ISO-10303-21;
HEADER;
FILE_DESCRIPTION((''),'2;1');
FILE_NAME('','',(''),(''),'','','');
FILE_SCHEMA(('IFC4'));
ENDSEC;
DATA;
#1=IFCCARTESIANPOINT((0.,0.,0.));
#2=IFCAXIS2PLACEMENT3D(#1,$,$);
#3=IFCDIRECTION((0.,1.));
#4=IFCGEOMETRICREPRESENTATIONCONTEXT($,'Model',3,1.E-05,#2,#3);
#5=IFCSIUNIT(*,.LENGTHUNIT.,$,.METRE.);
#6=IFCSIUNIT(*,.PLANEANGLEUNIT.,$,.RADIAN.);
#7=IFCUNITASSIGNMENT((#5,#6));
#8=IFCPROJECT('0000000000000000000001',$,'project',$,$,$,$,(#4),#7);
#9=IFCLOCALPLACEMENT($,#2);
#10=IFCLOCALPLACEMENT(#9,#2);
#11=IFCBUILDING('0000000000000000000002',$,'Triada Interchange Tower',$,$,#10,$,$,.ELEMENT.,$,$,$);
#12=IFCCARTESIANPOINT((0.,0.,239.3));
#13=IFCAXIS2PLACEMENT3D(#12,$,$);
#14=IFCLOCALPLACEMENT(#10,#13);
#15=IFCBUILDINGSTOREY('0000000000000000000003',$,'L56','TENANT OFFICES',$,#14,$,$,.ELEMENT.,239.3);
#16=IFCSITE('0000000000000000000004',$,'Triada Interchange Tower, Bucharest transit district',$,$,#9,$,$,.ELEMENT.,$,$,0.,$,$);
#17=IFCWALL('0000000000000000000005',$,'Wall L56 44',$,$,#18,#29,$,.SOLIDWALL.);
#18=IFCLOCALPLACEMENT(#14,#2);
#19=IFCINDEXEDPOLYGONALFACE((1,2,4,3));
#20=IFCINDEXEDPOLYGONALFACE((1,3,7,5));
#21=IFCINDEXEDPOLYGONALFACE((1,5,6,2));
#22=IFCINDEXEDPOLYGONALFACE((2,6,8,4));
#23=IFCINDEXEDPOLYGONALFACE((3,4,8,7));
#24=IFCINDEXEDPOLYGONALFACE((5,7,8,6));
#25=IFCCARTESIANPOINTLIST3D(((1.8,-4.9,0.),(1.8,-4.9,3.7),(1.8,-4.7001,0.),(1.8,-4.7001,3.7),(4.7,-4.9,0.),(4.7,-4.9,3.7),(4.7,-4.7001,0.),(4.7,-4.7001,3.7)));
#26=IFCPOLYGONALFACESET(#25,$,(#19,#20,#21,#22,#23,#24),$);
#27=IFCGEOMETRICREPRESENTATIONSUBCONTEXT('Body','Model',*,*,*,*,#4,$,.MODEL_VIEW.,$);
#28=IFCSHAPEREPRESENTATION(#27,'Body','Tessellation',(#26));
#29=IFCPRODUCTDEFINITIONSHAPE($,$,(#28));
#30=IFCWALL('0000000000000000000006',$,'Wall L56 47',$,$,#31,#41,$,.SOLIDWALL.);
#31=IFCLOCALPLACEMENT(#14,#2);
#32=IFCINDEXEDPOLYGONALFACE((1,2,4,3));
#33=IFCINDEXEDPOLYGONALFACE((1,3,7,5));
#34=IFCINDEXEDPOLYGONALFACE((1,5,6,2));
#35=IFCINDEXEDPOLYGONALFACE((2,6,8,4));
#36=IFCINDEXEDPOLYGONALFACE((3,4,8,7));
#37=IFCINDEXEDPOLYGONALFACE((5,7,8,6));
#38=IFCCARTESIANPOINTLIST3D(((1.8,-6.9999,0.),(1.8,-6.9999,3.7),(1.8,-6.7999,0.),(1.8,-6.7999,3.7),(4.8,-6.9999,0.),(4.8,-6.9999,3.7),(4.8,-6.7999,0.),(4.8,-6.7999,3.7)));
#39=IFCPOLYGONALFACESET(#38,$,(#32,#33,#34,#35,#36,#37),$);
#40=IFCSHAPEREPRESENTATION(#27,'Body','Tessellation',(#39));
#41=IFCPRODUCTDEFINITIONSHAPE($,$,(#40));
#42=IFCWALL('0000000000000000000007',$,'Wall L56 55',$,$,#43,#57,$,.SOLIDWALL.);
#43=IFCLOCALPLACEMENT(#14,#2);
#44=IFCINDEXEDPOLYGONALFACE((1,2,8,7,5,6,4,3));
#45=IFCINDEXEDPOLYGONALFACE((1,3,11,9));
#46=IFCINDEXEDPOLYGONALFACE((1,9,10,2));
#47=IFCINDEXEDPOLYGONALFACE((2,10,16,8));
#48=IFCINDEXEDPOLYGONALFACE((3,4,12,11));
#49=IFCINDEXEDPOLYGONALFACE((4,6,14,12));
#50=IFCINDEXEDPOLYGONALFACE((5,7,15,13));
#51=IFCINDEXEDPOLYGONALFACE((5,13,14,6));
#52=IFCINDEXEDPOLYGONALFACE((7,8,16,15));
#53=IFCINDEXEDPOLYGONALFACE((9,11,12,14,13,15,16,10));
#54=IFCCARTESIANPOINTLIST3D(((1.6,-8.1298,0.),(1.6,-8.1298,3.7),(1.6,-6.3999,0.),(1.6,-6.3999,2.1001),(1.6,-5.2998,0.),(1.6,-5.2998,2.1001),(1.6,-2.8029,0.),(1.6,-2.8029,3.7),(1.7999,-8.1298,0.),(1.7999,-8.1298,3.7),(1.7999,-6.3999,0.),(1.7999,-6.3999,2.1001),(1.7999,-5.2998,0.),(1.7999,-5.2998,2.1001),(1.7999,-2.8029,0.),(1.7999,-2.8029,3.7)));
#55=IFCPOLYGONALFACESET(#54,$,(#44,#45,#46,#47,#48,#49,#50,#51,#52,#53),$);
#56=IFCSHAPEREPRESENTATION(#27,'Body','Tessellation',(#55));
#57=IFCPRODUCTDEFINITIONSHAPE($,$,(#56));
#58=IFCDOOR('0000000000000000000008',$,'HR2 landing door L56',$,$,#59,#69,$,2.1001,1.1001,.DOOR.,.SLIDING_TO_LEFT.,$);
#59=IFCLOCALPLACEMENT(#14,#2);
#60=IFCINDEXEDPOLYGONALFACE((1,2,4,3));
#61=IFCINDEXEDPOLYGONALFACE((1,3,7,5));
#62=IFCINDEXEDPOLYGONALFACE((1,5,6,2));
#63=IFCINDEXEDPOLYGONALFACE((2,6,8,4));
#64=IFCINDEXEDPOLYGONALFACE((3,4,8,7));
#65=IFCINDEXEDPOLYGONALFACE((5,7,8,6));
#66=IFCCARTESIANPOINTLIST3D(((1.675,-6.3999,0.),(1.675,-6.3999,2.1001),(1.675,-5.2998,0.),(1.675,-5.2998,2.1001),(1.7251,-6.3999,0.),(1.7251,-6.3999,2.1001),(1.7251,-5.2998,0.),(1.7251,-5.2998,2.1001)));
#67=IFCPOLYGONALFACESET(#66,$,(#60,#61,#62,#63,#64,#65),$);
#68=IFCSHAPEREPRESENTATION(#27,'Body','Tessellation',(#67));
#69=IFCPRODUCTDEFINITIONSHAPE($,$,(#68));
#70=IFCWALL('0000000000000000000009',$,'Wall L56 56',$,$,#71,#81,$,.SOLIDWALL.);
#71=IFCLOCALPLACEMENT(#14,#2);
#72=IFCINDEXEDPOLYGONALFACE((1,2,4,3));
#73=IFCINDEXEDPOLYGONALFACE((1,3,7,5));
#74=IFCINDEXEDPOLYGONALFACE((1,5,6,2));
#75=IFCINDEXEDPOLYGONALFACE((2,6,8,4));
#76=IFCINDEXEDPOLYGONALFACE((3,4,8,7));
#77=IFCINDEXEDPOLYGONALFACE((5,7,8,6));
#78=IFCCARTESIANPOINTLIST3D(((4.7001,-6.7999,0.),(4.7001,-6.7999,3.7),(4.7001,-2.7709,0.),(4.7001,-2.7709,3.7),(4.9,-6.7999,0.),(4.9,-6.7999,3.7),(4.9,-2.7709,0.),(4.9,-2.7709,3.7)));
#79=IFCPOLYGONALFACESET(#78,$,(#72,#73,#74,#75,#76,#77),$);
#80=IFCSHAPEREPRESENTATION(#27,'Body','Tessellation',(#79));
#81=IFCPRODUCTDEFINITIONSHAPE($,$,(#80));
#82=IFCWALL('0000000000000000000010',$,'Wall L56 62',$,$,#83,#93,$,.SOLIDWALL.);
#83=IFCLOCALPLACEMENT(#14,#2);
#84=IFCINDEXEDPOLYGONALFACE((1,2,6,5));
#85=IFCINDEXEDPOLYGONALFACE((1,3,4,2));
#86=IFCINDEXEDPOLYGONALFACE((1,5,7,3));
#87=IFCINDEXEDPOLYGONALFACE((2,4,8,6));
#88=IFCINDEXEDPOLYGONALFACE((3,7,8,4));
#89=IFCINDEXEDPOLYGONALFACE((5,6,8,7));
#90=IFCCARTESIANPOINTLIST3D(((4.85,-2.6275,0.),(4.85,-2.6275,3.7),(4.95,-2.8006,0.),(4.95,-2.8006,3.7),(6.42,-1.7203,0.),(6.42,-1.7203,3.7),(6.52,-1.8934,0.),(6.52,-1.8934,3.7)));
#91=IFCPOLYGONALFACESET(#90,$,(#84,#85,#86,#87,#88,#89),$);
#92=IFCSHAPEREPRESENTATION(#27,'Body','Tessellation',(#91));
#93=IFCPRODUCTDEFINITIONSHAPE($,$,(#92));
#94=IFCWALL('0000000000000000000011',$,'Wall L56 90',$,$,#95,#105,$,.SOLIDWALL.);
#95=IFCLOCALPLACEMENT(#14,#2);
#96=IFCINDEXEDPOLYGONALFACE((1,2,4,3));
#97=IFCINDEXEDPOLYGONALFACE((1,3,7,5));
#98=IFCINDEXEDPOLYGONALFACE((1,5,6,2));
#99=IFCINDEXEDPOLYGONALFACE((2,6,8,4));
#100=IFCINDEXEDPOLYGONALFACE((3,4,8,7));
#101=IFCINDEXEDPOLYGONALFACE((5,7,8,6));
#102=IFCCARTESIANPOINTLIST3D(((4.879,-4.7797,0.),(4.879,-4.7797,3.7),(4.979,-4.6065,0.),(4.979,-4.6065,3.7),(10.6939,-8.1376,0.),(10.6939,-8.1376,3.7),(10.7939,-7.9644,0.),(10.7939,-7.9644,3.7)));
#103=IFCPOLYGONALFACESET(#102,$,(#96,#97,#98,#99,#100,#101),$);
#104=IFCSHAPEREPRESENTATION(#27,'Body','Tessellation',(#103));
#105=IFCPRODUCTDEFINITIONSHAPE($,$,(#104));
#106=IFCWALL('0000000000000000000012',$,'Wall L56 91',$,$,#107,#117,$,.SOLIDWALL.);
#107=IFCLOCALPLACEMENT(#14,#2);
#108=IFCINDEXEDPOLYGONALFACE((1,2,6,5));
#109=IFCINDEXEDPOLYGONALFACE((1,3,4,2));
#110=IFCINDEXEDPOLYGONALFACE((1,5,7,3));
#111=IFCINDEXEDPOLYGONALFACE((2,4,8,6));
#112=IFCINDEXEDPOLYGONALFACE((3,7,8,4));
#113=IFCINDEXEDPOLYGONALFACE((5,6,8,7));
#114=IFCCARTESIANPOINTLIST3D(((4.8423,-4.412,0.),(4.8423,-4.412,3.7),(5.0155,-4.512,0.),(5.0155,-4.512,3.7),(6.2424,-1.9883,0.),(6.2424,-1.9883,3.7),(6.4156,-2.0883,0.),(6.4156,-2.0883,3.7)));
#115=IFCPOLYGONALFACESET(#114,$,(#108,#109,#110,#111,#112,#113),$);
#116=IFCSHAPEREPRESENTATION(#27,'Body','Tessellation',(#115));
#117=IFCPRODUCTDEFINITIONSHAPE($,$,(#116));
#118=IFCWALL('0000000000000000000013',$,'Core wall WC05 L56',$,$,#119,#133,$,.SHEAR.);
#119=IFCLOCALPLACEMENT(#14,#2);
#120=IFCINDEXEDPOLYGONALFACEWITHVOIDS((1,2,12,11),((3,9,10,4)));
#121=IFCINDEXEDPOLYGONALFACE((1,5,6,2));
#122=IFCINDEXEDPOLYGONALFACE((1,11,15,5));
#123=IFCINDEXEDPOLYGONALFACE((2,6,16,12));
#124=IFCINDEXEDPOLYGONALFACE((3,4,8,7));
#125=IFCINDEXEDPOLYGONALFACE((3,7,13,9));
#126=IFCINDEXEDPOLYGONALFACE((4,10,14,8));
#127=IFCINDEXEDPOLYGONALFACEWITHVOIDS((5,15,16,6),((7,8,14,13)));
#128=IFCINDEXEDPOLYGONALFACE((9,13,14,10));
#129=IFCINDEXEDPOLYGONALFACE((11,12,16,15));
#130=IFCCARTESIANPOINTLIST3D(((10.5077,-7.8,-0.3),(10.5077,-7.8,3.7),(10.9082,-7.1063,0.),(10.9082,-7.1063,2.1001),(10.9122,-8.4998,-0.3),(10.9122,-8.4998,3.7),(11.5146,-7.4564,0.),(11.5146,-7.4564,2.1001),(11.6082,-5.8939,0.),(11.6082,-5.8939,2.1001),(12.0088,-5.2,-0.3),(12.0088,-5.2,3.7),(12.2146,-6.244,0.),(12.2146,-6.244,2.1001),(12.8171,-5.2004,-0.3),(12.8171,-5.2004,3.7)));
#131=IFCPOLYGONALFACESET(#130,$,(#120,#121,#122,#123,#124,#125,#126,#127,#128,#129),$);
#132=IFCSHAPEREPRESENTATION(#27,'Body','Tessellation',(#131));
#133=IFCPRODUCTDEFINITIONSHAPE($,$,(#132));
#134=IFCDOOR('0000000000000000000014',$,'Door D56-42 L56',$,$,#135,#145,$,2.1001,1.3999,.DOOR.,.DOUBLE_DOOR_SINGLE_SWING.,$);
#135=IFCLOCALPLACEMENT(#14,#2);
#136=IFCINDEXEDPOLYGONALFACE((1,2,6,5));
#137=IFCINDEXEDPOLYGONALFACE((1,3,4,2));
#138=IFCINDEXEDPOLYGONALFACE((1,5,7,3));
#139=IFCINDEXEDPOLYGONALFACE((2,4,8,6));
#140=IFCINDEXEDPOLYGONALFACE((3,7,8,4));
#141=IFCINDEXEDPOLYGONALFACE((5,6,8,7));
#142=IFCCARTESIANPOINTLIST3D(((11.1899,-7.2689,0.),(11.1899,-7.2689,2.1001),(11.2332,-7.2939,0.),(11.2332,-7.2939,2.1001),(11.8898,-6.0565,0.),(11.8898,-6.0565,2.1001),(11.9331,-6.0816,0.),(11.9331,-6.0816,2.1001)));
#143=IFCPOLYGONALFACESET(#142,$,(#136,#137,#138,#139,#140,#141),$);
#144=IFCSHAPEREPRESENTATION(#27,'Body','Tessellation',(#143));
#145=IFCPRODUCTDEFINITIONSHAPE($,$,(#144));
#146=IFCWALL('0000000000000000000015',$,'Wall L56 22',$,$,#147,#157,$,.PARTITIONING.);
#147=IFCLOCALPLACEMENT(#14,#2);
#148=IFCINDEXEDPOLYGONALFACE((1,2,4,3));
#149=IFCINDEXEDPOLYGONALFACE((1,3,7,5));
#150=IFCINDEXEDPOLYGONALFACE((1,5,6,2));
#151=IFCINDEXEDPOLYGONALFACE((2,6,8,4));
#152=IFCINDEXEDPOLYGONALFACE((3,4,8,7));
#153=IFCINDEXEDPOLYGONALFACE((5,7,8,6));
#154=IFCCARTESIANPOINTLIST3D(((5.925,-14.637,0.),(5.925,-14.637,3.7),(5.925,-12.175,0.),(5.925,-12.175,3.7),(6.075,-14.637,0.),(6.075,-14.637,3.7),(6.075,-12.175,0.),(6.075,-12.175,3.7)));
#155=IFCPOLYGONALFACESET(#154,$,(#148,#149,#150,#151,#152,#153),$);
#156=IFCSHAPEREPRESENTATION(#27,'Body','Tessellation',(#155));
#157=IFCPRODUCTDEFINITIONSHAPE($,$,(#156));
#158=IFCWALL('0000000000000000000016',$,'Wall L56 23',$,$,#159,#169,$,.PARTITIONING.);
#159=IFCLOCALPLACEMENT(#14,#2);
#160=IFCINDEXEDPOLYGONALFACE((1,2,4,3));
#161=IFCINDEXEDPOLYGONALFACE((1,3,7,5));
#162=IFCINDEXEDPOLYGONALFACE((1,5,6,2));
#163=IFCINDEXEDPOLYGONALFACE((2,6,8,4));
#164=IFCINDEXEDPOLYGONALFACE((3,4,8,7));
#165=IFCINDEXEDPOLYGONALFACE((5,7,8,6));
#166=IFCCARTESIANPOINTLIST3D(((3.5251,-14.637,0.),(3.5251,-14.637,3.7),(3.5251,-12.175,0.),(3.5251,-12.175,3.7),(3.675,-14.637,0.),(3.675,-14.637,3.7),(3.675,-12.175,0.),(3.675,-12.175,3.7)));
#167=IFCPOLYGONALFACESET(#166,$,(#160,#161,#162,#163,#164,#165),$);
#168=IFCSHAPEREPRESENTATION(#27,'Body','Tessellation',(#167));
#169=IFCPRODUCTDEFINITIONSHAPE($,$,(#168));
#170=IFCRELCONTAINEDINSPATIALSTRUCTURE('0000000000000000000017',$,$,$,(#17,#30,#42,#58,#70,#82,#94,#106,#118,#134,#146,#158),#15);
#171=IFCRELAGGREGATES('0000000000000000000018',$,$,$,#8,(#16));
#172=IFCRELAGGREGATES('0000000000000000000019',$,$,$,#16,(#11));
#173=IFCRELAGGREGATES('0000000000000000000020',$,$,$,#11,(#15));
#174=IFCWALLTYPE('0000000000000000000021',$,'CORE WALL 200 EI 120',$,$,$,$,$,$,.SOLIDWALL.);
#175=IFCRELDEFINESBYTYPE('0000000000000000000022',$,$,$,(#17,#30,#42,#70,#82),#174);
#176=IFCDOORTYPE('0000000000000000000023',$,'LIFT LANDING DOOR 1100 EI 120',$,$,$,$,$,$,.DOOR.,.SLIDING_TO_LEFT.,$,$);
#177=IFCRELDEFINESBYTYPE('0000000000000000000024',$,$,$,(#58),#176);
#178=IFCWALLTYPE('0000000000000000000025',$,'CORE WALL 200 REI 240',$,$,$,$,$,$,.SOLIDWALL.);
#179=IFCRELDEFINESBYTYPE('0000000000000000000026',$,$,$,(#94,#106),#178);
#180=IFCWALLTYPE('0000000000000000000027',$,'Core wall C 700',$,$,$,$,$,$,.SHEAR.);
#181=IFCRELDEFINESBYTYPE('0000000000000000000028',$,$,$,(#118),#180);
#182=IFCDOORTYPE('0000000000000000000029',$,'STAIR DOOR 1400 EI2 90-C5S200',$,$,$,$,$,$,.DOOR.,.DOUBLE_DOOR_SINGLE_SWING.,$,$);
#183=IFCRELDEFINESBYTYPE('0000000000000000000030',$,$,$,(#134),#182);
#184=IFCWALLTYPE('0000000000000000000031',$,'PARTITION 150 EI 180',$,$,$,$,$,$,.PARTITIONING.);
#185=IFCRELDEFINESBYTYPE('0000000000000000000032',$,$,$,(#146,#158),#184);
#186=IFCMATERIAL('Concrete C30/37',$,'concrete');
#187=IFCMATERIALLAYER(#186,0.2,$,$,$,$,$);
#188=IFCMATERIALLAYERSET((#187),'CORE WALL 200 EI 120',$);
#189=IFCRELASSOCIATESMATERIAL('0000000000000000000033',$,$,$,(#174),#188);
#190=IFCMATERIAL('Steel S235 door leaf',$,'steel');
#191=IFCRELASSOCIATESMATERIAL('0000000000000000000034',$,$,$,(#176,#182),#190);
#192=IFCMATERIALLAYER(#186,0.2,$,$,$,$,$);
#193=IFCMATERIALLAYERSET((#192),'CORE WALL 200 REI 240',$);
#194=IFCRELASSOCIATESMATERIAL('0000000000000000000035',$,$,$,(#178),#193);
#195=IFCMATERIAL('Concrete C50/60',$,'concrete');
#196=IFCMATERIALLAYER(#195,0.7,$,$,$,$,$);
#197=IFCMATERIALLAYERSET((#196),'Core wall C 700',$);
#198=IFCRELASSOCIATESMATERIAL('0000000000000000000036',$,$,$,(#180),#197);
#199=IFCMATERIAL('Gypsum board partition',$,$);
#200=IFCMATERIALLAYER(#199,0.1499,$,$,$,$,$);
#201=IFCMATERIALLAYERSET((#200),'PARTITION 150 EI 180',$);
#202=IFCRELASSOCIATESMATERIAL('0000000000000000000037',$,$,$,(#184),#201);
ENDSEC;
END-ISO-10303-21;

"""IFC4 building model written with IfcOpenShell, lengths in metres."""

from ifc_helpers import new_model, si_unit, direction, frame, frame_2d, origin, place, context, subcontext, project, spatial, polyline, rectangle, outline, extrude, material, layer, layer_set, type_object, element, fill, save


model = new_model("IFC4")

# Units and contexts
model_context = context("Model", 3, precision=1e-05, world=origin(), true_north=direction((0.0, 1.0)))
body_context = subcontext(model_context, "Body", "Model", "MODEL_VIEW")
ifc_project = project(units=[si_unit("LENGTHUNIT", "METRE"), si_unit("PLANEANGLEUNIT", "RADIAN")], contexts=[model_context])

# Site, building, storey
site_placement = place(None, origin())
site = spatial("IfcSite", under=ifc_project, at=site_placement, Name="Triada Interchange Tower, Bucharest transit district", CompositionType="ELEMENT", RefElevation=0.0)
building_placement = place(site_placement, origin())
building = spatial("IfcBuilding", under=site, at=building_placement, Name="Triada Interchange Tower", CompositionType="ELEMENT")
storey_placement = place(building_placement, frame((0.0, 0.0, 239.3)))
storey = spatial("IfcBuildingStorey", under=building, at=storey_placement, Name="L56", Description="TENANT OFFICES", CompositionType="ELEMENT", Elevation=239.3)

# Walls
ifc_material_1 = material(Name="Concrete C30/37", Category="concrete")
ifc_layer_1 = layer(ifc_material_1, 0.2)
ifc_layer_set_1 = layer_set([ifc_layer_1], Name="CORE WALL 200 EI 120")
wall_type_1 = type_object("IfcWallType", Name="CORE WALL 200 EI 120", PredefinedType="SOLIDWALL", material=ifc_layer_set_1)
wall_1_placement = place(storey_placement, frame((1.8, -4.8, 0.0), z_axis=(0.0, 0.0, 1.0), x_axis=(1.0, 0.0, 0.0)))
element("IfcWall", 1, at=wall_1_placement, inside=storey, type_object=wall_type_1, Name="Wall L56 44", PredefinedType="SOLIDWALL", context=body_context, shape_type="SweptSolid", body=[
    extrude(rectangle(XDim=2.8999, YDim=0.2, at=frame_2d((1.45, 0.0))), origin(), (0.0, 0.0, 1.0), 3.7),
])
wall_2_placement = place(storey_placement, frame((1.8, -6.8999, 0.0), z_axis=(0.0, 0.0, 1.0), x_axis=(1.0, 0.0, 0.0)))
element("IfcWall", 2, at=wall_2_placement, inside=storey, type_object=wall_type_1, Name="Wall L56 47", PredefinedType="SOLIDWALL", context=body_context, shape_type="SweptSolid", body=[
    extrude(rectangle(XDim=3.0, YDim=0.2, at=frame_2d((1.5, 0.0))), origin(), (0.0, 0.0, 1.0), 3.7),
])

# Wall, opening, door
wall_3_placement = place(storey_placement, frame((1.7, -8.1299, 0.0), z_axis=(0.0, 0.0, 1.0), x_axis=(0.0, 1.0, 0.0)))
wall_3 = element("IfcWall", 3, at=wall_3_placement, inside=storey, type_object=wall_type_1, Name="Wall L56 55", PredefinedType="SOLIDWALL", context=body_context, shape_type="SweptSolid", body=[
    extrude(rectangle(XDim=5.3269, YDim=0.2, at=frame_2d((2.6636, 0.0))), origin(), (0.0, 0.0, 1.0), 3.7),
])
opening_1_placement = place(wall_3_placement, frame((1.73, 0.0, 0.0)))
opening_1 = element("IfcOpeningElement", 4, at=opening_1_placement, cuts=wall_3, PredefinedType="OPENING", context=body_context, shape_type="SweptSolid", body=[
    extrude(rectangle(XDim=1.1001, YDim=2.1001, at=frame_2d((0.55, 1.05))), frame((0.0, 0.1099, 0.0), z_axis=(0.0, -1.0, 0.0), x_axis=(1.0, 0.0, 0.0)), (0.0, 0.0, 1.0), 0.22),
])
ifc_material_2 = material(Name="Steel S235 door leaf", Category="steel")
door_type_1 = type_object("IfcDoorType", Name="LIFT LANDING DOOR 1100 EI 120", OperationType="SLIDING_TO_LEFT", PredefinedType="DOOR", material=ifc_material_2)
door_1_placement = place(opening_1_placement, origin())
door_1 = element("IfcDoor", 5, at=door_1_placement, inside=storey, type_object=door_type_1, Name="HR2 landing door L56", OperationType="SLIDING_TO_LEFT", OverallHeight=2.1001, OverallWidth=1.1001, PredefinedType="DOOR", context=body_context, shape_type="SweptSolid", body=[
    extrude(rectangle(XDim=1.1001, YDim=2.1001, at=frame_2d((0.55, 1.05))), frame((0.0, 0.0249, 0.0), z_axis=(0.0, -1.0, 0.0), x_axis=(1.0, 0.0, 0.0)), (0.0, 0.0, 1.0), 0.05),
])
fill(opening_1, door_1)

# Walls
wall_4_placement = place(storey_placement, frame((4.8, -6.8, 0.0), z_axis=(0.0, 0.0, 1.0), x_axis=(0.0, 1.0, 0.0)))
element("IfcWall", 6, at=wall_4_placement, inside=storey, type_object=wall_type_1, Name="Wall L56 56", PredefinedType="SOLIDWALL", context=body_context, shape_type="SweptSolid", body=[
    extrude(rectangle(XDim=4.0291, YDim=0.2, at=frame_2d((2.0146, 0.0))), origin(), (0.0, 0.0, 1.0), 3.7),
])
wall_5_placement = place(storey_placement, frame((4.8999, -2.7141, 0.0), z_axis=(0.0, 0.0, 1.0), x_axis=(0.865847, 0.500309, 0.0)))
element("IfcWall", 7, at=wall_5_placement, inside=storey, type_object=wall_type_1, Name="Wall L56 62", PredefinedType="SOLIDWALL", context=body_context, shape_type="SweptSolid", body=[
    extrude(rectangle(XDim=1.8132, YDim=0.2, at=frame_2d((0.9067, 0.0))), origin(), (0.0, 0.0, 1.0), 3.7),
])
ifc_layer_2 = layer(ifc_material_1, 0.2)
ifc_layer_set_2 = layer_set([ifc_layer_2], Name="CORE WALL 200 REI 240")
wall_type_2 = type_object("IfcWallType", Name="CORE WALL 200 REI 240", PredefinedType="SOLIDWALL", material=ifc_layer_set_2)
wall_6_placement = place(storey_placement, frame((4.929, -4.6931, 0.0), z_axis=(0.0, 0.0, 1.0), x_axis=(0.865983, -0.500073, 0.0)))
element("IfcWall", 8, at=wall_6_placement, inside=storey, type_object=wall_type_2, Name="Wall L56 90", PredefinedType="SOLIDWALL", context=body_context, shape_type="SweptSolid", body=[
    extrude(rectangle(XDim=6.7148, YDim=0.2, at=frame_2d((3.3574, 0.0))), origin(), (0.0, 0.0, 1.0), 3.7),
])
wall_7_placement = place(storey_placement, frame((4.929, -4.4619, 0.0), z_axis=(0.0, 0.0, 1.0), x_axis=(0.500201, 0.86591, 0.0)))
element("IfcWall", 9, at=wall_7_placement, inside=storey, type_object=wall_type_2, Name="Wall L56 91", PredefinedType="SOLIDWALL", context=body_context, shape_type="SweptSolid", body=[
    extrude(rectangle(XDim=2.7991, YDim=0.2, at=frame_2d((1.3994, 0.0))), origin(), (0.0, 0.0, 1.0), 3.7),
])

# Wall, opening, door
ifc_material_3 = material(Name="Concrete C50/60", Category="concrete")
ifc_layer_3 = layer(ifc_material_3, 0.7)
ifc_layer_set_3 = layer_set([ifc_layer_3], Name="Core wall C 700")
wall_type_3 = type_object("IfcWallType", Name="Core wall C 700", PredefinedType="SHEAR", material=ifc_layer_set_3)
wall_8_placement = place(storey_placement, frame((10.71, -8.1499, -0.3), z_axis=(0.0, 0.0, 1.0), x_axis=(0.499993, 0.866029, 0.0)))
wall_8 = element("IfcWall", 10, at=wall_8_placement, inside=storey, type_object=wall_type_3, Name="Core wall WC05 L56", PredefinedType="SHEAR", context=body_context, shape_type="SweptSolid", body=[
    extrude(outline(polyline([(-0.2019, -0.3501), (1.7031, -0.3501), (3.6079, -0.3501), (3.2041, 0.3501), (1.7031, 0.3501), (0.2019, 0.3501), (-0.2019, -0.3501)])), origin(), (0.0, 0.0, 1.0), 4.0),
])
opening_2_placement = place(wall_8_placement, frame((1.0029, 0.0, 0.3)))
opening_2 = element("IfcOpeningElement", 11, at=opening_2_placement, cuts=wall_8, PredefinedType="OPENING", context=body_context, shape_type="SweptSolid", body=[
    extrude(rectangle(XDim=1.3999, YDim=2.1001, at=frame_2d((0.7, 1.05))), frame((0.0, 0.3601, 0.0), z_axis=(0.0, -1.0, 0.0), x_axis=(1.0, 0.0, 0.0)), (0.0, 0.0, 1.0), 0.7202),
])
door_type_2 = type_object("IfcDoorType", Name="STAIR DOOR 1400 EI2 90-C5S200", OperationType="DOUBLE_DOOR_SINGLE_SWING", PredefinedType="DOOR", material=ifc_material_2)
door_2_placement = place(opening_2_placement, origin())
door_2 = element("IfcDoor", 12, at=door_2_placement, inside=storey, type_object=door_type_2, Name="Door D56-42 L56", OperationType="DOUBLE_DOOR_SINGLE_SWING", OverallHeight=2.1001, OverallWidth=1.3999, PredefinedType="DOOR", context=body_context, shape_type="SweptSolid", body=[
    extrude(rectangle(XDim=1.3999, YDim=2.1001, at=frame_2d((0.7, 1.05))), frame((0.0, 0.0249, 0.0), z_axis=(0.0, -1.0, 0.0), x_axis=(1.0, 0.0, 0.0)), (0.0, 0.0, 1.0), 0.05),
])
fill(opening_2, door_2)

# Walls
ifc_material_4 = material(Name="Gypsum board partition")
ifc_layer_4 = layer(ifc_material_4, 0.1499)
ifc_layer_set_4 = layer_set([ifc_layer_4], Name="PARTITION 150 EI 180")
wall_type_4 = type_object("IfcWallType", Name="PARTITION 150 EI 180", PredefinedType="PARTITIONING", material=ifc_layer_set_4)
for number, where, z_axis, x_axis, name in (
    (13, (6.0, -14.637, 0.0), (0.0, 0.0, 1.0), (0.0, 1.0, 0.0), "Wall L56 22"),
    (14, (3.6001, -14.637, 0.0), (0.0, 0.0, 1.0), (0.0, 1.0, 0.0), "Wall L56 23"),
):
    element("IfcWall", number, at=place(storey_placement, frame(where, z_axis=z_axis, x_axis=x_axis)), inside=storey, type_object=wall_type_4, Name=name, PredefinedType="PARTITIONING", context=body_context, shape_type="SweptSolid", body=[
        extrude(rectangle(XDim=2.4619, YDim=0.1499, at=frame_2d((1.231, 0.0))), origin(), (0.0, 0.0, 1.0), 3.7),
    ])

save(model, "model.ifc")
